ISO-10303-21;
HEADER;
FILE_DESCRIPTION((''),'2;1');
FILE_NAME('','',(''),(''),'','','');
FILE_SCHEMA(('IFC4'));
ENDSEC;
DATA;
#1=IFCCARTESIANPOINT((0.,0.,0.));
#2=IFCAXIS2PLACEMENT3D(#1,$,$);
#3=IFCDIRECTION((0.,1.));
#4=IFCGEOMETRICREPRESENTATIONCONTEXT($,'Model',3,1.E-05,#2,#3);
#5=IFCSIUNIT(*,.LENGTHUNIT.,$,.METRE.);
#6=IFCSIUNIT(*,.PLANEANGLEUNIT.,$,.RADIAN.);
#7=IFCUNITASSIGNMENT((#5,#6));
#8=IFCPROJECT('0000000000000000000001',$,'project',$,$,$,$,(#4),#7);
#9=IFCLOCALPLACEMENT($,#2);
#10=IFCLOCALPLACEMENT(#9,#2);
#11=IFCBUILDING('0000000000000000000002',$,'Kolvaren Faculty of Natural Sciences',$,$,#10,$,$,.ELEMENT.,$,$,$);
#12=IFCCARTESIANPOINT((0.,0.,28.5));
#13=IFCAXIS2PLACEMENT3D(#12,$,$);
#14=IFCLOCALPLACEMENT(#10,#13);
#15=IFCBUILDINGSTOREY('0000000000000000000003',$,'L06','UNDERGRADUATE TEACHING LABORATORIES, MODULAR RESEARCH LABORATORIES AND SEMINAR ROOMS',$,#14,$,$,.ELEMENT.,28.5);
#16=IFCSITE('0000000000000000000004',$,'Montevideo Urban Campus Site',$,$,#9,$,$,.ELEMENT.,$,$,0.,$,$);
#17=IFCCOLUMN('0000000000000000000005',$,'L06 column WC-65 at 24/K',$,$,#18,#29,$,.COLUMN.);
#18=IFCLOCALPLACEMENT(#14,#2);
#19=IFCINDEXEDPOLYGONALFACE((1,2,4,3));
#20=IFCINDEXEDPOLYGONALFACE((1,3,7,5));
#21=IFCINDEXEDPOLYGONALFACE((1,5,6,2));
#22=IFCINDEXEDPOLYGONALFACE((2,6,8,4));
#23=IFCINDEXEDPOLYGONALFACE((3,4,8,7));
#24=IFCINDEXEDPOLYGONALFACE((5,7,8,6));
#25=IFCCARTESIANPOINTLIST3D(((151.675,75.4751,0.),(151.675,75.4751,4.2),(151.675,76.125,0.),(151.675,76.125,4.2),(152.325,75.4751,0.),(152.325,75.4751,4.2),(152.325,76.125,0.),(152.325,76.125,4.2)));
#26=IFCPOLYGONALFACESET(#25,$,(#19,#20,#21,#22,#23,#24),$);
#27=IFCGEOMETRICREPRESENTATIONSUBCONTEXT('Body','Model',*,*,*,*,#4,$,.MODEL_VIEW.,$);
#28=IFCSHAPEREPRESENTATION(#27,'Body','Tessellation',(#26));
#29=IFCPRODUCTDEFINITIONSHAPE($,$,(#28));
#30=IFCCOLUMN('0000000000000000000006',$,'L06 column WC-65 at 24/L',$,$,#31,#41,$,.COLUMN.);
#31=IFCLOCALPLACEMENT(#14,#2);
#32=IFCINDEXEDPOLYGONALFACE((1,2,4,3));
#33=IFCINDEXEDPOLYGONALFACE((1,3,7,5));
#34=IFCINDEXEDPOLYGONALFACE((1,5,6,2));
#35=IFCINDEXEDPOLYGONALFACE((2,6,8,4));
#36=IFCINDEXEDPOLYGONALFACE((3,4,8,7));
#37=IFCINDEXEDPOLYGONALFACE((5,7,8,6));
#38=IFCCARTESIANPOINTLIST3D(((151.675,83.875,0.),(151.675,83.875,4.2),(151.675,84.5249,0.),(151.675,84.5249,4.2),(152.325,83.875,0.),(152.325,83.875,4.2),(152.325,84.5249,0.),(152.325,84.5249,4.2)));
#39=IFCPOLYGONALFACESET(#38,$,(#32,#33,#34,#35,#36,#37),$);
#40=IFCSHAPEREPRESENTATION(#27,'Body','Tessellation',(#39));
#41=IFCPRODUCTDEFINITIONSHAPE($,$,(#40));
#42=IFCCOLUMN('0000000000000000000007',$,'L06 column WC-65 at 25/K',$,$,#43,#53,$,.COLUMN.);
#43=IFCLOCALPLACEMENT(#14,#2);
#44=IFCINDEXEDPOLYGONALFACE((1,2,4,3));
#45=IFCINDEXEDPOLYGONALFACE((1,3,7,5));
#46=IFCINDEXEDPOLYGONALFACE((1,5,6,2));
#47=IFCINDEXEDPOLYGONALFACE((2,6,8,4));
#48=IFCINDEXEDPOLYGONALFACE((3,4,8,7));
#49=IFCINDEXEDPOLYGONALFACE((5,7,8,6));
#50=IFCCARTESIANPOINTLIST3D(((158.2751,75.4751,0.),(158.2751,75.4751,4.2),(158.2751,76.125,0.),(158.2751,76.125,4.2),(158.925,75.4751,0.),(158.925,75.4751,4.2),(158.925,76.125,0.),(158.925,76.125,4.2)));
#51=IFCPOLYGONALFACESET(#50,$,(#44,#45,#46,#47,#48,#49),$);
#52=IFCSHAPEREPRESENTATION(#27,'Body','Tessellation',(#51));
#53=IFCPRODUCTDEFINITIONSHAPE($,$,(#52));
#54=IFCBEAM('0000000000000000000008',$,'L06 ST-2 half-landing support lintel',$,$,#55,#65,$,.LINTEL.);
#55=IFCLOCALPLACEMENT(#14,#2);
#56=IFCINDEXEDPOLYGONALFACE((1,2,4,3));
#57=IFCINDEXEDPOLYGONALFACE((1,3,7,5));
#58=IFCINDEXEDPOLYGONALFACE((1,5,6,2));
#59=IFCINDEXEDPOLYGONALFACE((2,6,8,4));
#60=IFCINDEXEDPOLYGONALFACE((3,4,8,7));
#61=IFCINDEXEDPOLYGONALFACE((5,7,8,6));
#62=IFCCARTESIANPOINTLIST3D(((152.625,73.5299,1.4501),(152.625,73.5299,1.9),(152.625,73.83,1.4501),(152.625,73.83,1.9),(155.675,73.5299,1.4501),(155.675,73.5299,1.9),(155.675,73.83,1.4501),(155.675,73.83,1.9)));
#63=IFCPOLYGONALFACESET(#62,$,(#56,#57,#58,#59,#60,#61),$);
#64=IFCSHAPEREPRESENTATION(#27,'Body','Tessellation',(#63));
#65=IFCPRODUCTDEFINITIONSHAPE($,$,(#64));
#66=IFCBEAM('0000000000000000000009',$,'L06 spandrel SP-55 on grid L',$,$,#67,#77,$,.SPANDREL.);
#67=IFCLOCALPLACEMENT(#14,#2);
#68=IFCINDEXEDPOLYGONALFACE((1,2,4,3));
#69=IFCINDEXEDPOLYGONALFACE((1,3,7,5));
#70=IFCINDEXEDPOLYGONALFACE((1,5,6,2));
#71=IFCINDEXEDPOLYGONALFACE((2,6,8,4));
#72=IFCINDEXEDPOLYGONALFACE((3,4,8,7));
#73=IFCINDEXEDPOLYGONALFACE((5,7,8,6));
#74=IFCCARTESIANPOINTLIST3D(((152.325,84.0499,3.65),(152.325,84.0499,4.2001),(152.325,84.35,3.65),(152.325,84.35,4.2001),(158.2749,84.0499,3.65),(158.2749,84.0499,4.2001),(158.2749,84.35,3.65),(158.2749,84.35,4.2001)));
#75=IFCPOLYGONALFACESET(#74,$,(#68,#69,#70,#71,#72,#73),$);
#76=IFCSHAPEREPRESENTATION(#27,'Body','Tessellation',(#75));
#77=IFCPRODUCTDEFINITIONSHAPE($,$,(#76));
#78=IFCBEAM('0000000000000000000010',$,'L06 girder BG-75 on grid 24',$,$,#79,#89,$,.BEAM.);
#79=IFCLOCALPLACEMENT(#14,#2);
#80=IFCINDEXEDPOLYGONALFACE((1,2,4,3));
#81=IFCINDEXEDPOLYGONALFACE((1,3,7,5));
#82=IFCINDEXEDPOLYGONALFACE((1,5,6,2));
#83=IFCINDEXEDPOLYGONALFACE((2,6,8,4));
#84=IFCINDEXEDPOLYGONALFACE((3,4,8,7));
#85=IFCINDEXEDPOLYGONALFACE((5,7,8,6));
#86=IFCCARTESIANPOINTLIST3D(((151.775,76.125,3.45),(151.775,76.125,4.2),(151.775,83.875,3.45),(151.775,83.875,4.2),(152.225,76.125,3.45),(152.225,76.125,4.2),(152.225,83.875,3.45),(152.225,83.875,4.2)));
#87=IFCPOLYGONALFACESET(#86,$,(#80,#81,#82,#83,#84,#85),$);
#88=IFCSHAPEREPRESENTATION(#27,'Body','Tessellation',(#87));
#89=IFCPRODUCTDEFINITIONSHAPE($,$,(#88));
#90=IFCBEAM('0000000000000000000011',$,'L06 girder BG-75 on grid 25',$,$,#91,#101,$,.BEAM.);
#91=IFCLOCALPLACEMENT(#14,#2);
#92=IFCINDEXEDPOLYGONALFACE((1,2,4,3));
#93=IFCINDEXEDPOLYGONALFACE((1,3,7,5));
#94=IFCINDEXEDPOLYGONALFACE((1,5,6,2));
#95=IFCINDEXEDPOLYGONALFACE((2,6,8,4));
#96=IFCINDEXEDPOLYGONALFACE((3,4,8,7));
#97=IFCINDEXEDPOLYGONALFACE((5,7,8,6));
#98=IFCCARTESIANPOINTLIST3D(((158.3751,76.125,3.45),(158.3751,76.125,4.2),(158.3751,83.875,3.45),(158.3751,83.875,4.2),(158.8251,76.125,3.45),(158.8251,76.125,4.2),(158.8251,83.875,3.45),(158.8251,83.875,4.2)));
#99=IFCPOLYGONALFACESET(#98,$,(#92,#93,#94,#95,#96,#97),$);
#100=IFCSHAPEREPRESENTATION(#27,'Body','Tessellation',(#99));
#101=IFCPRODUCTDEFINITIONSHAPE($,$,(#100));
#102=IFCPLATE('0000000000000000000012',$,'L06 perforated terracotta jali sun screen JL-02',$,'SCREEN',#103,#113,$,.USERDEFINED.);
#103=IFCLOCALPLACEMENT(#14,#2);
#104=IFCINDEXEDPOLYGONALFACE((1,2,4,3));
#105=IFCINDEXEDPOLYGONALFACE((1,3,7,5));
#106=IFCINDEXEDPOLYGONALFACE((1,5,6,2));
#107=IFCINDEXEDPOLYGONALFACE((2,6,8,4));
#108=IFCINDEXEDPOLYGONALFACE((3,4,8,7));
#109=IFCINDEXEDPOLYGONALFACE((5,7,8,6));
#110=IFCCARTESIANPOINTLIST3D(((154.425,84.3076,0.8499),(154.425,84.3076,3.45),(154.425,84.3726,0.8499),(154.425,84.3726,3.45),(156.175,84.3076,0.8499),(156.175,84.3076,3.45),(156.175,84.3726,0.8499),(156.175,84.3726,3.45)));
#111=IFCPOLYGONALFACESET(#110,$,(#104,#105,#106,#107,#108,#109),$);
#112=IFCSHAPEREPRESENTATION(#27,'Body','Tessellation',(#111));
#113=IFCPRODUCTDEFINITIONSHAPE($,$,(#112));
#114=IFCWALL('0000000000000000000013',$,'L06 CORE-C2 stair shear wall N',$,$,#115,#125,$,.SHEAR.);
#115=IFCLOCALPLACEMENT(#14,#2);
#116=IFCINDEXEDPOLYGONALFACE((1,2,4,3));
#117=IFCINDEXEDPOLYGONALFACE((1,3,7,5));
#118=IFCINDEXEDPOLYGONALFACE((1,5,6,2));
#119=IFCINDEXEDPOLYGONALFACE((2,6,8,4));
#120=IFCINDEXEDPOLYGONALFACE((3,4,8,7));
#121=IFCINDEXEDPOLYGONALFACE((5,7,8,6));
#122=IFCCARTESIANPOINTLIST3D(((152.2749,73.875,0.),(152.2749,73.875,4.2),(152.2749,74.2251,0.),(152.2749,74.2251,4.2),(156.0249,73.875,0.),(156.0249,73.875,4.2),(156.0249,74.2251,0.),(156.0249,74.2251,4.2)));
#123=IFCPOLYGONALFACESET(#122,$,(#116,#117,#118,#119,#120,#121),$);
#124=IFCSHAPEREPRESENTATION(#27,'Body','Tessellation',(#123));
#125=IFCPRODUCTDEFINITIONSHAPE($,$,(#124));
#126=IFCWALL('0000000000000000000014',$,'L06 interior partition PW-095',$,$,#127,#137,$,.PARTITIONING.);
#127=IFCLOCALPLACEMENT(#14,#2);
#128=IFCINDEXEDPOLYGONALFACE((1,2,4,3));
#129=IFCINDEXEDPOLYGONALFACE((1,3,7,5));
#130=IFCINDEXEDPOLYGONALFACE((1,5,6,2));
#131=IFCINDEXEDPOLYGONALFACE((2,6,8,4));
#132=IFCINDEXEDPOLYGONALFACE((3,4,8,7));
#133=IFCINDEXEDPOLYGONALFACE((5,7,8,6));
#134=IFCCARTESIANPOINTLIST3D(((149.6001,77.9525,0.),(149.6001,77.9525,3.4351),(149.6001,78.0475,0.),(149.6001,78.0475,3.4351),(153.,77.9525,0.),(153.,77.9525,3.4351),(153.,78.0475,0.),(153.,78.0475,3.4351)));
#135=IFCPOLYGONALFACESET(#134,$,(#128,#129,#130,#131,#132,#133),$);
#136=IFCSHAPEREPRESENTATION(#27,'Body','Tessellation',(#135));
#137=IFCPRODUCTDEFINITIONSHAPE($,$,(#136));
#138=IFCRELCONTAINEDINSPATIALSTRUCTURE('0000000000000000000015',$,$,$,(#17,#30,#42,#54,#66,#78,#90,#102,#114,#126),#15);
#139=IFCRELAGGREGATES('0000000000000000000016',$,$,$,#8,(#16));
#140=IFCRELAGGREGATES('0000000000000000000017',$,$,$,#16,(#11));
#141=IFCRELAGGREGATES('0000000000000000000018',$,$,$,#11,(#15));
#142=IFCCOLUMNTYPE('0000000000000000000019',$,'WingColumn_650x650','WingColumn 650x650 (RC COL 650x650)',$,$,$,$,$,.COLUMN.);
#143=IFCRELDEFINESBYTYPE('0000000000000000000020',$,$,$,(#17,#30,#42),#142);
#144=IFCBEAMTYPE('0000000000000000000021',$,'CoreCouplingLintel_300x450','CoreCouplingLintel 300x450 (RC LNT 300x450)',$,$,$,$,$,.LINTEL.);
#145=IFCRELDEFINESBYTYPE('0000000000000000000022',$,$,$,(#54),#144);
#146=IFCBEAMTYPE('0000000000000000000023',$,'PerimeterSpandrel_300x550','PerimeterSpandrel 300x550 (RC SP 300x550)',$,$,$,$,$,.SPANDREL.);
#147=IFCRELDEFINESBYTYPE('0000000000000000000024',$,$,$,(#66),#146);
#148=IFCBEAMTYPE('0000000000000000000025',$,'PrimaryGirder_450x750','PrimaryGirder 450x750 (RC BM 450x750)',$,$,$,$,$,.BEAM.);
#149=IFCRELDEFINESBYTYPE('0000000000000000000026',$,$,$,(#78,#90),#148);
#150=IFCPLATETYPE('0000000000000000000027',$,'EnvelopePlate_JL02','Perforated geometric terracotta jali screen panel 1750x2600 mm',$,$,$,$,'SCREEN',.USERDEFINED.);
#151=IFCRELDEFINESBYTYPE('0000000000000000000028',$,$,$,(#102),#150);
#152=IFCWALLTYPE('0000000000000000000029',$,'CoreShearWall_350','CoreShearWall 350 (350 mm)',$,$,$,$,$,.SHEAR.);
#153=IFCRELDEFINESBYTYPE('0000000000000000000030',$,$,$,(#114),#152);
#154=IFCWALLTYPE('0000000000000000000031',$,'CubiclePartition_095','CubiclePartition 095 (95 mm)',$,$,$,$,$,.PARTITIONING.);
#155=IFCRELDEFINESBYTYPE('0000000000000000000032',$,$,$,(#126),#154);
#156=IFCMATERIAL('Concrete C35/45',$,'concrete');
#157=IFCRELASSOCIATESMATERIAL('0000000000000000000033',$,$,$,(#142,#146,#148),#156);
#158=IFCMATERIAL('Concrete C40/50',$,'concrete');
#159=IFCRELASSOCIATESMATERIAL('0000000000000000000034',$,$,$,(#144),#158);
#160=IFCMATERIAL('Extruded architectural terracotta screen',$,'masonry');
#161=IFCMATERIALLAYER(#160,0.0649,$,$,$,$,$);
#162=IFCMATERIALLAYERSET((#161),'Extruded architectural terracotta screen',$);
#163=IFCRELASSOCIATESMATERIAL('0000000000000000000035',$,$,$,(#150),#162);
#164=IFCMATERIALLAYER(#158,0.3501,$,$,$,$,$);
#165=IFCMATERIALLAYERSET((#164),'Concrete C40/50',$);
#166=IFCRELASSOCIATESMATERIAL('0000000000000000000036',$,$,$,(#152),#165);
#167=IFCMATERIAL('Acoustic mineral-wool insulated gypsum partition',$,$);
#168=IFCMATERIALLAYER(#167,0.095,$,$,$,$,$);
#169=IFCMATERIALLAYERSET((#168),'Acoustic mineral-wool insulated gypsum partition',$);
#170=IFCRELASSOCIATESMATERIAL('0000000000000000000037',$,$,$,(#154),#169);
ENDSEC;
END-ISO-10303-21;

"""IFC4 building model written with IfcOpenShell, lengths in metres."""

from ifc_helpers import new_model, si_unit, direction, frame, frame_2d, origin, origin_2d, place, context, subcontext, project, spatial, rectangle, extrude, material, layer, layer_set, material_profile, profile_set, type_object, element, save


model = new_model("IFC4")

# Units and contexts
model_context = context("Model", 3, precision=1e-05, world=origin(), true_north=direction((0.0, 1.0)))
body_context = subcontext(model_context, "Body", "Model", "MODEL_VIEW")
ifc_project = project(units=[si_unit("LENGTHUNIT", "METRE"), si_unit("PLANEANGLEUNIT", "RADIAN")], contexts=[model_context])

# Site, building, storey
site_placement = place(None, origin())
site = spatial("IfcSite", under=ifc_project, at=site_placement, Name="Montevideo Urban Campus Site", CompositionType="ELEMENT", RefElevation=0.0)
building_placement = place(site_placement, origin())
building = spatial("IfcBuilding", under=site, at=building_placement, Name="Kolvaren Faculty of Natural Sciences", CompositionType="ELEMENT")
storey_placement = place(building_placement, frame((0.0, 0.0, 28.5)))
storey = spatial("IfcBuildingStorey", under=building, at=storey_placement, Name="L06", Description="UNDERGRADUATE TEACHING LABORATORIES, MODULAR RESEARCH LABORATORIES AND SEMINAR ROOMS", CompositionType="ELEMENT", Elevation=28.5)

# Columns
ifc_material_1 = material(Name="Concrete C35/45", Category="concrete")
ifc_material_profile_1 = material_profile(ifc_material_1, rectangle(XDim=0.6499, YDim=0.6499, at=origin_2d()), Name="RC COL 650x650")
ifc_profile_set_1 = profile_set([ifc_material_profile_1], Name="Concrete C35/45")
column_type = type_object("IfcColumnType", Name="WingColumn_650x650", Description="WingColumn 650x650 (RC COL 650x650)", PredefinedType="COLUMN", material=ifc_profile_set_1)
for number, where, z_axis, x_axis, name in (
    (1, (152.0, 75.8, 0.0), (0.0, 0.0, 1.0), (1.0, 0.0, 0.0), "L06 column WC-65 at 24/K"),
    (2, (152.0, 84.2, 0.0), (0.0, 0.0, 1.0), (1.0, 0.0, 0.0), "L06 column WC-65 at 24/L"),
    (3, (158.6001, 75.8, 0.0), (0.0, 0.0, 1.0), (1.0, 0.0, 0.0), "L06 column WC-65 at 25/K"),
):
    element("IfcColumn", number, at=place(storey_placement, frame(where, z_axis=z_axis, x_axis=x_axis)), inside=storey, type_object=column_type, Name=name, PredefinedType="COLUMN", context=body_context, shape_type="SweptSolid", body=[
        extrude(rectangle(XDim=0.6499, YDim=0.6499, at=origin_2d()), origin(), (0.0, 0.0, 1.0), 4.2),
    ])

# Beams
ifc_material_2 = material(Name="Concrete C40/50", Category="concrete")
ifc_material_profile_2 = material_profile(ifc_material_2, rectangle(XDim=0.3, YDim=0.45, at=origin_2d()), Name="RC LNT 300x450")
ifc_profile_set_2 = profile_set([ifc_material_profile_2], Name="Concrete C40/50")
beam_type_1 = type_object("IfcBeamType", Name="CoreCouplingLintel_300x450", Description="CoreCouplingLintel 300x450 (RC LNT 300x450)", PredefinedType="LINTEL", material=ifc_profile_set_2)
beam_1_placement = place(storey_placement, frame((152.625, 73.6799, 1.675), z_axis=(1.0, 0.0, 0.0), x_axis=(0.0, 1.0, 0.0)))
element("IfcBeam", 4, at=beam_1_placement, inside=storey, type_object=beam_type_1, Name="L06 ST-2 half-landing support lintel", PredefinedType="LINTEL", context=body_context, shape_type="SweptSolid", body=[
    extrude(rectangle(XDim=0.3, YDim=0.45, at=origin_2d()), origin(), (0.0, 0.0, 1.0), 3.05),
])
ifc_material_profile_3 = material_profile(ifc_material_1, rectangle(XDim=0.3, YDim=0.55, at=origin_2d()), Name="RC SP 300x550")
ifc_profile_set_3 = profile_set([ifc_material_profile_3], Name="Concrete C35/45")
beam_type_2 = type_object("IfcBeamType", Name="PerimeterSpandrel_300x550", Description="PerimeterSpandrel 300x550 (RC SP 300x550)", PredefinedType="SPANDREL", material=ifc_profile_set_3)
beam_2_placement = place(storey_placement, frame((152.325, 84.2, 3.925), z_axis=(1.0, 0.0, 0.0), x_axis=(0.0, 1.0, 0.0)))
element("IfcBeam", 5, at=beam_2_placement, inside=storey, type_object=beam_type_2, Name="L06 spandrel SP-55 on grid L", PredefinedType="SPANDREL", context=body_context, shape_type="SweptSolid", body=[
    extrude(rectangle(XDim=0.3, YDim=0.55, at=origin_2d()), origin(), (0.0, 0.0, 1.0), 5.95),
])
ifc_material_profile_4 = material_profile(ifc_material_1, rectangle(XDim=0.45, YDim=0.75, at=origin_2d()), Name="RC BM 450x750")
ifc_profile_set_4 = profile_set([ifc_material_profile_4], Name="Concrete C35/45")
beam_type_3 = type_object("IfcBeamType", Name="PrimaryGirder_450x750", Description="PrimaryGirder 450x750 (RC BM 450x750)", PredefinedType="BEAM", material=ifc_profile_set_4)
for number, where, z_axis, x_axis, name in (
    (6, (152.0, 76.125, 3.825), (0.0, 1.0, 0.0), (-1.0, 0.0, 0.0), "L06 girder BG-75 on grid 24"),
    (7, (158.6001, 76.125, 3.825), (0.0, 1.0, 0.0), (-1.0, 0.0, 0.0), "L06 girder BG-75 on grid 25"),
):
    element("IfcBeam", number, at=place(storey_placement, frame(where, z_axis=z_axis, x_axis=x_axis)), inside=storey, type_object=beam_type_3, Name=name, PredefinedType="BEAM", context=body_context, shape_type="SweptSolid", body=[
        extrude(rectangle(XDim=0.45, YDim=0.75, at=origin_2d()), origin(), (0.0, 0.0, 1.0), 7.75),
    ])

# Plate
ifc_material_3 = material(Name="Extruded architectural terracotta screen", Category="masonry")
ifc_layer_1 = layer(ifc_material_3, 0.0649)
ifc_layer_set_1 = layer_set([ifc_layer_1], Name="Extruded architectural terracotta screen")
plate_type = type_object("IfcPlateType", Name="EnvelopePlate_JL02", Description="Perforated geometric terracotta jali screen panel 1750x2600 mm", ElementType="SCREEN", PredefinedType="USERDEFINED", material=ifc_layer_set_1)
plate_placement = place(storey_placement, frame((155.3, 84.3401, 0.8499), z_axis=(0.0, 0.0, 1.0), x_axis=(1.0, 0.0, 0.0)))
element("IfcPlate", 8, at=plate_placement, inside=storey, type_object=plate_type, Name="L06 perforated terracotta jali sun screen JL-02", ObjectType="SCREEN", PredefinedType="USERDEFINED", context=body_context, shape_type="SweptSolid", body=[
    extrude(rectangle(XDim=1.75, YDim=0.0649, at=origin_2d()), origin(), (0.0, 0.0, 1.0), 2.6001),
])

# Walls
ifc_layer_2 = layer(ifc_material_2, 0.3501)
ifc_layer_set_2 = layer_set([ifc_layer_2], Name="Concrete C40/50")
wall_type_1 = type_object("IfcWallType", Name="CoreShearWall_350", Description="CoreShearWall 350 (350 mm)", PredefinedType="SHEAR", material=ifc_layer_set_2)
wall_1_placement = place(storey_placement, frame((152.2749, 74.05, 0.0), z_axis=(0.0, 0.0, 1.0), x_axis=(1.0, 0.0, 0.0)))
element("IfcWall", 9, at=wall_1_placement, inside=storey, type_object=wall_type_1, Name="L06 CORE-C2 stair shear wall N", PredefinedType="SHEAR", context=body_context, shape_type="SweptSolid", body=[
    extrude(rectangle(XDim=3.75, YDim=0.3501, at=frame_2d((1.875, 0.0))), origin(), (0.0, 0.0, 1.0), 4.2),
])
ifc_material_4 = material(Name="Acoustic mineral-wool insulated gypsum partition")
ifc_layer_3 = layer(ifc_material_4, 0.095)
ifc_layer_set_3 = layer_set([ifc_layer_3], Name="Acoustic mineral-wool insulated gypsum partition")
wall_type_2 = type_object("IfcWallType", Name="CubiclePartition_095", Description="CubiclePartition 095 (95 mm)", PredefinedType="PARTITIONING", material=ifc_layer_set_3)
wall_2_placement = place(storey_placement, frame((153.0, 78.0, 0.0), z_axis=(0.0, 0.0, 1.0), x_axis=(-1.0, 0.0, 0.0)))
element("IfcWall", 10, at=wall_2_placement, inside=storey, type_object=wall_type_2, Name="L06 interior partition PW-095", PredefinedType="PARTITIONING", context=body_context, shape_type="SweptSolid", body=[
    extrude(rectangle(XDim=3.3999, YDim=0.095, at=frame_2d((1.7, 0.0))), origin(), (0.0, 0.0, 1.0), 3.4351),
])

save(model, "model.ifc")
